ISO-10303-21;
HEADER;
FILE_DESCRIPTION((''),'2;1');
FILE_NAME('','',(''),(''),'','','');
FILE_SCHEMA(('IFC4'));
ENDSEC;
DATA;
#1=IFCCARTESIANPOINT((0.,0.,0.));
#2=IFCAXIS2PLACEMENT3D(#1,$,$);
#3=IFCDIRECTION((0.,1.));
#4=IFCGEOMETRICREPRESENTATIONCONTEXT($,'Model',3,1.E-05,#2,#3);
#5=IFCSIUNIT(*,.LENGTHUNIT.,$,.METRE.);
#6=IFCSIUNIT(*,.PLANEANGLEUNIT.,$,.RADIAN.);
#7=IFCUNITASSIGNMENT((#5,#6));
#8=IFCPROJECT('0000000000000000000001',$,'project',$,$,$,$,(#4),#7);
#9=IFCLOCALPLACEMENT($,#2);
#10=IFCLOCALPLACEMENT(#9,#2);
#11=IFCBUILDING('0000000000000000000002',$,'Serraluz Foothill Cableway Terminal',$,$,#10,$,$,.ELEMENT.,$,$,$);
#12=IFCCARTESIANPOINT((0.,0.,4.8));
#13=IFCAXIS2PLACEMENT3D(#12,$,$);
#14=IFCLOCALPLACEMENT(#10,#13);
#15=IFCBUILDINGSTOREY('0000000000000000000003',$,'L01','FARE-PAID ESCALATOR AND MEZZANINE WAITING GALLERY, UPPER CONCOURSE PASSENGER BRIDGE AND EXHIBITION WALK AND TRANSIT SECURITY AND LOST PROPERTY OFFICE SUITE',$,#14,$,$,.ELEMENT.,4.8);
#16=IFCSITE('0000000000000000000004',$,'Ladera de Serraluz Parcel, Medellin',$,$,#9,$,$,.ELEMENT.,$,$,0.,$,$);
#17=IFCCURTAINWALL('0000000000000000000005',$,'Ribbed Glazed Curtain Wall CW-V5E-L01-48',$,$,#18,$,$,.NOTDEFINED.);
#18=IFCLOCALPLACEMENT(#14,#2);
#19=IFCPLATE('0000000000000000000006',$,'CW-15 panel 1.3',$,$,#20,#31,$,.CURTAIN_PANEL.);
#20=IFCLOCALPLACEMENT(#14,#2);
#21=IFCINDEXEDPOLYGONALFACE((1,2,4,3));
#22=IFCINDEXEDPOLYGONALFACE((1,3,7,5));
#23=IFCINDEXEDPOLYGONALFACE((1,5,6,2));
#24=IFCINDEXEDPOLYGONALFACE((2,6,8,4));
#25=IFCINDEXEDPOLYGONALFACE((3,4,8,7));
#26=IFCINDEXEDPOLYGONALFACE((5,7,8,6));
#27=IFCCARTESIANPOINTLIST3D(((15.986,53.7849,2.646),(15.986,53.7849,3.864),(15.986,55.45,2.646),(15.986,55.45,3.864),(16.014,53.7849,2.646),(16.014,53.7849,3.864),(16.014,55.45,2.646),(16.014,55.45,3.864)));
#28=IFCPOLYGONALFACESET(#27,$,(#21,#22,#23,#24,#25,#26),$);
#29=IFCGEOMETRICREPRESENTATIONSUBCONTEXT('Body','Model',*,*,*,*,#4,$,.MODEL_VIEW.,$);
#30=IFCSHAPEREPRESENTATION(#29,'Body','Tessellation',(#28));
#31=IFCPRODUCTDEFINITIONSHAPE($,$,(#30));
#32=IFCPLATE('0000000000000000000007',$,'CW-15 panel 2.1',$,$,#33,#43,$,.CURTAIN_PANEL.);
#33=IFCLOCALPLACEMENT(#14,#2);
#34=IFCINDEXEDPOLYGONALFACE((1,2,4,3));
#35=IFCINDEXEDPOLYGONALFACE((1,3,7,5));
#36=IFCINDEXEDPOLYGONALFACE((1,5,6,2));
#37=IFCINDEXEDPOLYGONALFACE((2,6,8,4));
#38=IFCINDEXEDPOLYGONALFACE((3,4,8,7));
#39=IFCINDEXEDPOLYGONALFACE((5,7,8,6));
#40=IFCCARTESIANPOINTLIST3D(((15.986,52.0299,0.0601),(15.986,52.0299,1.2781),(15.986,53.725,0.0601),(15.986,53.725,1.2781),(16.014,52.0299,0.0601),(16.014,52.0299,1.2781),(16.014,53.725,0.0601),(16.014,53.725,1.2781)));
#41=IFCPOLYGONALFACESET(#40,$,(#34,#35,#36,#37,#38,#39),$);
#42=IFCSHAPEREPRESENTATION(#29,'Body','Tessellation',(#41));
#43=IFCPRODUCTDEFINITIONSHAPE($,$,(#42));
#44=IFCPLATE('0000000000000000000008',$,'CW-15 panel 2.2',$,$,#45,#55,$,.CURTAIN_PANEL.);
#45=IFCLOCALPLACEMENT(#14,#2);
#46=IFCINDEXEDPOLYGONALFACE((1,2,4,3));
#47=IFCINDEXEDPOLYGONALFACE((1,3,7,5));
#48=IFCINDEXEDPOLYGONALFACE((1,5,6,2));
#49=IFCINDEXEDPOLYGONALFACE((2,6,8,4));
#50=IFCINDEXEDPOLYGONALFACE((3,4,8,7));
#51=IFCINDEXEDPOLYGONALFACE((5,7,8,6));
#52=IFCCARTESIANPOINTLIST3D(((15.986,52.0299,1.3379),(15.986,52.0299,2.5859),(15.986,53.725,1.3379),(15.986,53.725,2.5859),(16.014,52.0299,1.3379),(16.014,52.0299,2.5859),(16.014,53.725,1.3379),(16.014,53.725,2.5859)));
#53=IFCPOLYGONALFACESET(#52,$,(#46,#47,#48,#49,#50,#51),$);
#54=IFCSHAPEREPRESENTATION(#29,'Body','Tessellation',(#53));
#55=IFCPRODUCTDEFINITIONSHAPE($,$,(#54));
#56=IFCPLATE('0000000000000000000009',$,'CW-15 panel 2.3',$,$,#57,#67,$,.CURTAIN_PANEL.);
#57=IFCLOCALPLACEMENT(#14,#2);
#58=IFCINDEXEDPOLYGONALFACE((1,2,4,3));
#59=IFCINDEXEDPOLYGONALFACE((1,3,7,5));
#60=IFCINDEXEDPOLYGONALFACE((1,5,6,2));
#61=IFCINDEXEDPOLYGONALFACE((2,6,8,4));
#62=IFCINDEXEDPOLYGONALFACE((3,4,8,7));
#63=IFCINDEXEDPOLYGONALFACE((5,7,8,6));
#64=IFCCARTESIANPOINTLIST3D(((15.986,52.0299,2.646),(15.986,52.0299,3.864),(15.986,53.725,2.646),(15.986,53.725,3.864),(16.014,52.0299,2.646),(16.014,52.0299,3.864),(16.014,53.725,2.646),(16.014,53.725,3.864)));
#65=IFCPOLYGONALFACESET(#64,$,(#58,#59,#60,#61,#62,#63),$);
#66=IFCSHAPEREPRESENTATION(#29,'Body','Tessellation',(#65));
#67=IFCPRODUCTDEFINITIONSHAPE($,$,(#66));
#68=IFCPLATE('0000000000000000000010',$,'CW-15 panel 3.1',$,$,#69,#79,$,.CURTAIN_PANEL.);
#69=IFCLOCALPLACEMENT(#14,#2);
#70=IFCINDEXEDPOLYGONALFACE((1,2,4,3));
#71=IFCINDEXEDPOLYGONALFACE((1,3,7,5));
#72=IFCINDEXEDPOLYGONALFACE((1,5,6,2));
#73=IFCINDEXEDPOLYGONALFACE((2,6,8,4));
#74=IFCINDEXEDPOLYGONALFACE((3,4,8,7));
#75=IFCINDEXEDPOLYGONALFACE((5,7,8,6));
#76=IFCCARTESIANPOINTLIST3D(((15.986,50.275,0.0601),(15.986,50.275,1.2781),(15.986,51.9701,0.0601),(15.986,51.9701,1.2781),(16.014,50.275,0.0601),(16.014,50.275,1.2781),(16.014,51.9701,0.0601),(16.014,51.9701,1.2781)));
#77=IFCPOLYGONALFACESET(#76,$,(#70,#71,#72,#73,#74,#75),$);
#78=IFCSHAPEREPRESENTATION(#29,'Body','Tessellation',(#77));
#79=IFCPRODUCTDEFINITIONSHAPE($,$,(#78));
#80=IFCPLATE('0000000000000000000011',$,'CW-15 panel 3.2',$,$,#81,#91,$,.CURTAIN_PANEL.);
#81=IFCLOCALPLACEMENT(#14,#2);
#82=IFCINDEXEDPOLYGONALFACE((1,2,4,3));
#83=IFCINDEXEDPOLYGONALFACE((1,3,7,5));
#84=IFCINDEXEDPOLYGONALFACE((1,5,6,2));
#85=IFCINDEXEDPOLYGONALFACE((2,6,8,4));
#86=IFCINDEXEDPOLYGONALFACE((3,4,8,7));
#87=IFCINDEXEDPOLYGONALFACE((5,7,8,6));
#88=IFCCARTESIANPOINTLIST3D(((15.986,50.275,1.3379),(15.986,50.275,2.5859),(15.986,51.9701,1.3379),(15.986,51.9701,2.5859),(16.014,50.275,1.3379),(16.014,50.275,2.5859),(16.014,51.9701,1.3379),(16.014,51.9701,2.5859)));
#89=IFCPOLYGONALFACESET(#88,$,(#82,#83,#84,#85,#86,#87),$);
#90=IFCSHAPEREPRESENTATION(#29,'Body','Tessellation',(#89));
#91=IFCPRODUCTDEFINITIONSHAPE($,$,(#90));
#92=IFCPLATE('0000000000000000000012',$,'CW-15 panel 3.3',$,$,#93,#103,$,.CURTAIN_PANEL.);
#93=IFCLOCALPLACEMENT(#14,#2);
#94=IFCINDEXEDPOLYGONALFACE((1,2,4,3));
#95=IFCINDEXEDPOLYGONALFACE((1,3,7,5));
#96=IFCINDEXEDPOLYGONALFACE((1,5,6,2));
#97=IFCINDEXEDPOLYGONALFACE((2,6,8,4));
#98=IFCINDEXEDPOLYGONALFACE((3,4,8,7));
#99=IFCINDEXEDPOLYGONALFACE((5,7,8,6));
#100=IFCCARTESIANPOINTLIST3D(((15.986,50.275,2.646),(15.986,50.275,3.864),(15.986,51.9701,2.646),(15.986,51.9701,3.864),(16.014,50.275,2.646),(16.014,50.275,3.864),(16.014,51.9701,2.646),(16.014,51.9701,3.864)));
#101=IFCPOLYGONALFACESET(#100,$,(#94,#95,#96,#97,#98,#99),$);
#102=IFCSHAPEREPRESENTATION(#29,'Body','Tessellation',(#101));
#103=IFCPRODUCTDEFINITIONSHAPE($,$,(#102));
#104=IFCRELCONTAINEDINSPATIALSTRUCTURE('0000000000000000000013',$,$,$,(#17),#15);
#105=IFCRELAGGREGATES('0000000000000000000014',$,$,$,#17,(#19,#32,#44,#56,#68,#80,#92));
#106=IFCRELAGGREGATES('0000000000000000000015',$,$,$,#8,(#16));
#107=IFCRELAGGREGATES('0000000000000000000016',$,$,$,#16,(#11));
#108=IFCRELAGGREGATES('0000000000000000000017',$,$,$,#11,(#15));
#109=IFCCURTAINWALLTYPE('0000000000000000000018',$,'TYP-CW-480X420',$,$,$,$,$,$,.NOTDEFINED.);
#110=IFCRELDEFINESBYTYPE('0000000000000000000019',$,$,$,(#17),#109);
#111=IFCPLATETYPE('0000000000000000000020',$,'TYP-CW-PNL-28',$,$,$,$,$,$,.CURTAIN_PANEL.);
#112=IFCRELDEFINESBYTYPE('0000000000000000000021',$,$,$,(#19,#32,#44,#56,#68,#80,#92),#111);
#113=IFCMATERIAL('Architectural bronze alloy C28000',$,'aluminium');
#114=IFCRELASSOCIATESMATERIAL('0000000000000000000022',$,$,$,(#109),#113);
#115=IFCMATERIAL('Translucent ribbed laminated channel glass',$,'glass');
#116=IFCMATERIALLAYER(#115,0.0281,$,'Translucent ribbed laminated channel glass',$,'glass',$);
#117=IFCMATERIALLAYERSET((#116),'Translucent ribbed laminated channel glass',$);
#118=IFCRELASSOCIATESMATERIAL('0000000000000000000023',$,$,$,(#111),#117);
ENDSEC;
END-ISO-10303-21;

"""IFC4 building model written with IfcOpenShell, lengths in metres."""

from ifc_helpers import new_model, si_unit, direction, frame, origin, origin_2d, place, context, subcontext, project, spatial, rectangle, extrude, material, layer, layer_set, type_object, element, aggregate, save


model = new_model("IFC4")

# Units and contexts
model_context = context("Model", 3, precision=1e-05, world=origin(), true_north=direction((0.0, 1.0)))
body_context = subcontext(model_context, "Body", "Model", "MODEL_VIEW")
ifc_project = project(units=[si_unit("LENGTHUNIT", "METRE"), si_unit("PLANEANGLEUNIT", "RADIAN")], contexts=[model_context])

# Site, building, storey
site_placement = place(None, origin())
site = spatial("IfcSite", under=ifc_project, at=site_placement, Name="Ladera de Serraluz Parcel, Medellin", CompositionType="ELEMENT", RefElevation=0.0)
building_placement = place(site_placement, origin())
building = spatial("IfcBuilding", under=site, at=building_placement, Name="Serraluz Foothill Cableway Terminal", CompositionType="ELEMENT")
storey_placement = place(building_placement, frame((0.0, 0.0, 4.8)))
storey = spatial("IfcBuildingStorey", under=building, at=storey_placement, Name="L01", Description="FARE-PAID ESCALATOR AND MEZZANINE WAITING GALLERY, UPPER CONCOURSE PASSENGER BRIDGE AND EXHIBITION WALK AND TRANSIT SECURITY AND LOST PROPERTY OFFICE SUITE", CompositionType="ELEMENT", Elevation=4.8)

# Curtain wall
ifc_material_1 = material(Name="Architectural bronze alloy C28000", Category="aluminium")
curtain_wall_type_1 = type_object("IfcCurtainWallType", Name="TYP-CW-480X420", PredefinedType="NOTDEFINED", material=ifc_material_1)
curtain_wall_1_placement = place(storey_placement, origin())
curtain_wall_1 = element("IfcCurtainWall", 1, at=curtain_wall_1_placement, inside=storey, type_object=curtain_wall_type_1, Name="Ribbed Glazed Curtain Wall CW-V5E-L01-48", PredefinedType="NOTDEFINED")

# Plates
ifc_material_2 = material(Name="Translucent ribbed laminated channel glass", Category="glass")
ifc_layer = layer(ifc_material_2, 0.0281, Name="Translucent ribbed laminated channel glass", Category="glass")
ifc_layer_set = layer_set([ifc_layer], Name="Translucent ribbed laminated channel glass")
plate_type = type_object("IfcPlateType", Name="TYP-CW-PNL-28", PredefinedType="CURTAIN_PANEL", material=ifc_layer_set)
plate_1_placement = place(storey_placement, frame((16.0, 54.6174, 2.646), z_axis=(0.0, 0.0, 1.0), x_axis=(0.0, -1.0, 0.0)))
plate_1 = element("IfcPlate", 2, at=plate_1_placement, type_object=plate_type, Name="CW-15 panel 1.3", PredefinedType="CURTAIN_PANEL", context=body_context, shape_type="SweptSolid", body=[
    extrude(rectangle(XDim=1.665, YDim=0.0281, at=origin_2d()), origin(), (0.0, 0.0, 1.0), 1.218),
])
plate_2_placement = place(storey_placement, frame((16.0, 52.8774, 0.0601), z_axis=(0.0, 0.0, 1.0), x_axis=(0.0, -1.0, 0.0)))
plate_2 = element("IfcPlate", 3, at=plate_2_placement, type_object=plate_type, Name="CW-15 panel 2.1", PredefinedType="CURTAIN_PANEL", context=body_context, shape_type="SweptSolid", body=[
    extrude(rectangle(XDim=1.6951, YDim=0.0281, at=origin_2d()), origin(), (0.0, 0.0, 1.0), 1.218),
])
plate_3_placement = place(storey_placement, frame((16.0, 52.8774, 1.3379), z_axis=(0.0, 0.0, 1.0), x_axis=(0.0, -1.0, 0.0)))
plate_3 = element("IfcPlate", 4, at=plate_3_placement, type_object=plate_type, Name="CW-15 panel 2.2", PredefinedType="CURTAIN_PANEL", context=body_context, shape_type="SweptSolid", body=[
    extrude(rectangle(XDim=1.6951, YDim=0.0281, at=origin_2d()), origin(), (0.0, 0.0, 1.0), 1.248),
])
plate_4_placement = place(storey_placement, frame((16.0, 52.8774, 2.646), z_axis=(0.0, 0.0, 1.0), x_axis=(0.0, -1.0, 0.0)))
plate_4 = element("IfcPlate", 5, at=plate_4_placement, type_object=plate_type, Name="CW-15 panel 2.3", PredefinedType="CURTAIN_PANEL", context=body_context, shape_type="SweptSolid", body=[
    extrude(rectangle(XDim=1.6951, YDim=0.0281, at=origin_2d()), origin(), (0.0, 0.0, 1.0), 1.218),
])
plate_5_placement = place(storey_placement, frame((16.0, 51.1226, 0.0601), z_axis=(0.0, 0.0, 1.0), x_axis=(0.0, -1.0, 0.0)))
plate_5 = element("IfcPlate", 6, at=plate_5_placement, type_object=plate_type, Name="CW-15 panel 3.1", PredefinedType="CURTAIN_PANEL", context=body_context, shape_type="SweptSolid", body=[
    extrude(rectangle(XDim=1.6951, YDim=0.0281, at=origin_2d()), origin(), (0.0, 0.0, 1.0), 1.218),
])
plate_6_placement = place(storey_placement, frame((16.0, 51.1226, 1.3379), z_axis=(0.0, 0.0, 1.0), x_axis=(0.0, -1.0, 0.0)))
plate_6 = element("IfcPlate", 7, at=plate_6_placement, type_object=plate_type, Name="CW-15 panel 3.2", PredefinedType="CURTAIN_PANEL", context=body_context, shape_type="SweptSolid", body=[
    extrude(rectangle(XDim=1.6951, YDim=0.0281, at=origin_2d()), origin(), (0.0, 0.0, 1.0), 1.248),
])
plate_7_placement = place(storey_placement, frame((16.0, 51.1226, 2.646), z_axis=(0.0, 0.0, 1.0), x_axis=(0.0, -1.0, 0.0)))
plate_7 = element("IfcPlate", 8, at=plate_7_placement, type_object=plate_type, Name="CW-15 panel 3.3", PredefinedType="CURTAIN_PANEL", context=body_context, shape_type="SweptSolid", body=[
    extrude(rectangle(XDim=1.6951, YDim=0.0281, at=origin_2d()), origin(), (0.0, 0.0, 1.0), 1.218),
])
aggregate(curtain_wall_1, [plate_1, plate_2, plate_3, plate_4, plate_5, plate_6, plate_7])

save(model, "model.ifc")
